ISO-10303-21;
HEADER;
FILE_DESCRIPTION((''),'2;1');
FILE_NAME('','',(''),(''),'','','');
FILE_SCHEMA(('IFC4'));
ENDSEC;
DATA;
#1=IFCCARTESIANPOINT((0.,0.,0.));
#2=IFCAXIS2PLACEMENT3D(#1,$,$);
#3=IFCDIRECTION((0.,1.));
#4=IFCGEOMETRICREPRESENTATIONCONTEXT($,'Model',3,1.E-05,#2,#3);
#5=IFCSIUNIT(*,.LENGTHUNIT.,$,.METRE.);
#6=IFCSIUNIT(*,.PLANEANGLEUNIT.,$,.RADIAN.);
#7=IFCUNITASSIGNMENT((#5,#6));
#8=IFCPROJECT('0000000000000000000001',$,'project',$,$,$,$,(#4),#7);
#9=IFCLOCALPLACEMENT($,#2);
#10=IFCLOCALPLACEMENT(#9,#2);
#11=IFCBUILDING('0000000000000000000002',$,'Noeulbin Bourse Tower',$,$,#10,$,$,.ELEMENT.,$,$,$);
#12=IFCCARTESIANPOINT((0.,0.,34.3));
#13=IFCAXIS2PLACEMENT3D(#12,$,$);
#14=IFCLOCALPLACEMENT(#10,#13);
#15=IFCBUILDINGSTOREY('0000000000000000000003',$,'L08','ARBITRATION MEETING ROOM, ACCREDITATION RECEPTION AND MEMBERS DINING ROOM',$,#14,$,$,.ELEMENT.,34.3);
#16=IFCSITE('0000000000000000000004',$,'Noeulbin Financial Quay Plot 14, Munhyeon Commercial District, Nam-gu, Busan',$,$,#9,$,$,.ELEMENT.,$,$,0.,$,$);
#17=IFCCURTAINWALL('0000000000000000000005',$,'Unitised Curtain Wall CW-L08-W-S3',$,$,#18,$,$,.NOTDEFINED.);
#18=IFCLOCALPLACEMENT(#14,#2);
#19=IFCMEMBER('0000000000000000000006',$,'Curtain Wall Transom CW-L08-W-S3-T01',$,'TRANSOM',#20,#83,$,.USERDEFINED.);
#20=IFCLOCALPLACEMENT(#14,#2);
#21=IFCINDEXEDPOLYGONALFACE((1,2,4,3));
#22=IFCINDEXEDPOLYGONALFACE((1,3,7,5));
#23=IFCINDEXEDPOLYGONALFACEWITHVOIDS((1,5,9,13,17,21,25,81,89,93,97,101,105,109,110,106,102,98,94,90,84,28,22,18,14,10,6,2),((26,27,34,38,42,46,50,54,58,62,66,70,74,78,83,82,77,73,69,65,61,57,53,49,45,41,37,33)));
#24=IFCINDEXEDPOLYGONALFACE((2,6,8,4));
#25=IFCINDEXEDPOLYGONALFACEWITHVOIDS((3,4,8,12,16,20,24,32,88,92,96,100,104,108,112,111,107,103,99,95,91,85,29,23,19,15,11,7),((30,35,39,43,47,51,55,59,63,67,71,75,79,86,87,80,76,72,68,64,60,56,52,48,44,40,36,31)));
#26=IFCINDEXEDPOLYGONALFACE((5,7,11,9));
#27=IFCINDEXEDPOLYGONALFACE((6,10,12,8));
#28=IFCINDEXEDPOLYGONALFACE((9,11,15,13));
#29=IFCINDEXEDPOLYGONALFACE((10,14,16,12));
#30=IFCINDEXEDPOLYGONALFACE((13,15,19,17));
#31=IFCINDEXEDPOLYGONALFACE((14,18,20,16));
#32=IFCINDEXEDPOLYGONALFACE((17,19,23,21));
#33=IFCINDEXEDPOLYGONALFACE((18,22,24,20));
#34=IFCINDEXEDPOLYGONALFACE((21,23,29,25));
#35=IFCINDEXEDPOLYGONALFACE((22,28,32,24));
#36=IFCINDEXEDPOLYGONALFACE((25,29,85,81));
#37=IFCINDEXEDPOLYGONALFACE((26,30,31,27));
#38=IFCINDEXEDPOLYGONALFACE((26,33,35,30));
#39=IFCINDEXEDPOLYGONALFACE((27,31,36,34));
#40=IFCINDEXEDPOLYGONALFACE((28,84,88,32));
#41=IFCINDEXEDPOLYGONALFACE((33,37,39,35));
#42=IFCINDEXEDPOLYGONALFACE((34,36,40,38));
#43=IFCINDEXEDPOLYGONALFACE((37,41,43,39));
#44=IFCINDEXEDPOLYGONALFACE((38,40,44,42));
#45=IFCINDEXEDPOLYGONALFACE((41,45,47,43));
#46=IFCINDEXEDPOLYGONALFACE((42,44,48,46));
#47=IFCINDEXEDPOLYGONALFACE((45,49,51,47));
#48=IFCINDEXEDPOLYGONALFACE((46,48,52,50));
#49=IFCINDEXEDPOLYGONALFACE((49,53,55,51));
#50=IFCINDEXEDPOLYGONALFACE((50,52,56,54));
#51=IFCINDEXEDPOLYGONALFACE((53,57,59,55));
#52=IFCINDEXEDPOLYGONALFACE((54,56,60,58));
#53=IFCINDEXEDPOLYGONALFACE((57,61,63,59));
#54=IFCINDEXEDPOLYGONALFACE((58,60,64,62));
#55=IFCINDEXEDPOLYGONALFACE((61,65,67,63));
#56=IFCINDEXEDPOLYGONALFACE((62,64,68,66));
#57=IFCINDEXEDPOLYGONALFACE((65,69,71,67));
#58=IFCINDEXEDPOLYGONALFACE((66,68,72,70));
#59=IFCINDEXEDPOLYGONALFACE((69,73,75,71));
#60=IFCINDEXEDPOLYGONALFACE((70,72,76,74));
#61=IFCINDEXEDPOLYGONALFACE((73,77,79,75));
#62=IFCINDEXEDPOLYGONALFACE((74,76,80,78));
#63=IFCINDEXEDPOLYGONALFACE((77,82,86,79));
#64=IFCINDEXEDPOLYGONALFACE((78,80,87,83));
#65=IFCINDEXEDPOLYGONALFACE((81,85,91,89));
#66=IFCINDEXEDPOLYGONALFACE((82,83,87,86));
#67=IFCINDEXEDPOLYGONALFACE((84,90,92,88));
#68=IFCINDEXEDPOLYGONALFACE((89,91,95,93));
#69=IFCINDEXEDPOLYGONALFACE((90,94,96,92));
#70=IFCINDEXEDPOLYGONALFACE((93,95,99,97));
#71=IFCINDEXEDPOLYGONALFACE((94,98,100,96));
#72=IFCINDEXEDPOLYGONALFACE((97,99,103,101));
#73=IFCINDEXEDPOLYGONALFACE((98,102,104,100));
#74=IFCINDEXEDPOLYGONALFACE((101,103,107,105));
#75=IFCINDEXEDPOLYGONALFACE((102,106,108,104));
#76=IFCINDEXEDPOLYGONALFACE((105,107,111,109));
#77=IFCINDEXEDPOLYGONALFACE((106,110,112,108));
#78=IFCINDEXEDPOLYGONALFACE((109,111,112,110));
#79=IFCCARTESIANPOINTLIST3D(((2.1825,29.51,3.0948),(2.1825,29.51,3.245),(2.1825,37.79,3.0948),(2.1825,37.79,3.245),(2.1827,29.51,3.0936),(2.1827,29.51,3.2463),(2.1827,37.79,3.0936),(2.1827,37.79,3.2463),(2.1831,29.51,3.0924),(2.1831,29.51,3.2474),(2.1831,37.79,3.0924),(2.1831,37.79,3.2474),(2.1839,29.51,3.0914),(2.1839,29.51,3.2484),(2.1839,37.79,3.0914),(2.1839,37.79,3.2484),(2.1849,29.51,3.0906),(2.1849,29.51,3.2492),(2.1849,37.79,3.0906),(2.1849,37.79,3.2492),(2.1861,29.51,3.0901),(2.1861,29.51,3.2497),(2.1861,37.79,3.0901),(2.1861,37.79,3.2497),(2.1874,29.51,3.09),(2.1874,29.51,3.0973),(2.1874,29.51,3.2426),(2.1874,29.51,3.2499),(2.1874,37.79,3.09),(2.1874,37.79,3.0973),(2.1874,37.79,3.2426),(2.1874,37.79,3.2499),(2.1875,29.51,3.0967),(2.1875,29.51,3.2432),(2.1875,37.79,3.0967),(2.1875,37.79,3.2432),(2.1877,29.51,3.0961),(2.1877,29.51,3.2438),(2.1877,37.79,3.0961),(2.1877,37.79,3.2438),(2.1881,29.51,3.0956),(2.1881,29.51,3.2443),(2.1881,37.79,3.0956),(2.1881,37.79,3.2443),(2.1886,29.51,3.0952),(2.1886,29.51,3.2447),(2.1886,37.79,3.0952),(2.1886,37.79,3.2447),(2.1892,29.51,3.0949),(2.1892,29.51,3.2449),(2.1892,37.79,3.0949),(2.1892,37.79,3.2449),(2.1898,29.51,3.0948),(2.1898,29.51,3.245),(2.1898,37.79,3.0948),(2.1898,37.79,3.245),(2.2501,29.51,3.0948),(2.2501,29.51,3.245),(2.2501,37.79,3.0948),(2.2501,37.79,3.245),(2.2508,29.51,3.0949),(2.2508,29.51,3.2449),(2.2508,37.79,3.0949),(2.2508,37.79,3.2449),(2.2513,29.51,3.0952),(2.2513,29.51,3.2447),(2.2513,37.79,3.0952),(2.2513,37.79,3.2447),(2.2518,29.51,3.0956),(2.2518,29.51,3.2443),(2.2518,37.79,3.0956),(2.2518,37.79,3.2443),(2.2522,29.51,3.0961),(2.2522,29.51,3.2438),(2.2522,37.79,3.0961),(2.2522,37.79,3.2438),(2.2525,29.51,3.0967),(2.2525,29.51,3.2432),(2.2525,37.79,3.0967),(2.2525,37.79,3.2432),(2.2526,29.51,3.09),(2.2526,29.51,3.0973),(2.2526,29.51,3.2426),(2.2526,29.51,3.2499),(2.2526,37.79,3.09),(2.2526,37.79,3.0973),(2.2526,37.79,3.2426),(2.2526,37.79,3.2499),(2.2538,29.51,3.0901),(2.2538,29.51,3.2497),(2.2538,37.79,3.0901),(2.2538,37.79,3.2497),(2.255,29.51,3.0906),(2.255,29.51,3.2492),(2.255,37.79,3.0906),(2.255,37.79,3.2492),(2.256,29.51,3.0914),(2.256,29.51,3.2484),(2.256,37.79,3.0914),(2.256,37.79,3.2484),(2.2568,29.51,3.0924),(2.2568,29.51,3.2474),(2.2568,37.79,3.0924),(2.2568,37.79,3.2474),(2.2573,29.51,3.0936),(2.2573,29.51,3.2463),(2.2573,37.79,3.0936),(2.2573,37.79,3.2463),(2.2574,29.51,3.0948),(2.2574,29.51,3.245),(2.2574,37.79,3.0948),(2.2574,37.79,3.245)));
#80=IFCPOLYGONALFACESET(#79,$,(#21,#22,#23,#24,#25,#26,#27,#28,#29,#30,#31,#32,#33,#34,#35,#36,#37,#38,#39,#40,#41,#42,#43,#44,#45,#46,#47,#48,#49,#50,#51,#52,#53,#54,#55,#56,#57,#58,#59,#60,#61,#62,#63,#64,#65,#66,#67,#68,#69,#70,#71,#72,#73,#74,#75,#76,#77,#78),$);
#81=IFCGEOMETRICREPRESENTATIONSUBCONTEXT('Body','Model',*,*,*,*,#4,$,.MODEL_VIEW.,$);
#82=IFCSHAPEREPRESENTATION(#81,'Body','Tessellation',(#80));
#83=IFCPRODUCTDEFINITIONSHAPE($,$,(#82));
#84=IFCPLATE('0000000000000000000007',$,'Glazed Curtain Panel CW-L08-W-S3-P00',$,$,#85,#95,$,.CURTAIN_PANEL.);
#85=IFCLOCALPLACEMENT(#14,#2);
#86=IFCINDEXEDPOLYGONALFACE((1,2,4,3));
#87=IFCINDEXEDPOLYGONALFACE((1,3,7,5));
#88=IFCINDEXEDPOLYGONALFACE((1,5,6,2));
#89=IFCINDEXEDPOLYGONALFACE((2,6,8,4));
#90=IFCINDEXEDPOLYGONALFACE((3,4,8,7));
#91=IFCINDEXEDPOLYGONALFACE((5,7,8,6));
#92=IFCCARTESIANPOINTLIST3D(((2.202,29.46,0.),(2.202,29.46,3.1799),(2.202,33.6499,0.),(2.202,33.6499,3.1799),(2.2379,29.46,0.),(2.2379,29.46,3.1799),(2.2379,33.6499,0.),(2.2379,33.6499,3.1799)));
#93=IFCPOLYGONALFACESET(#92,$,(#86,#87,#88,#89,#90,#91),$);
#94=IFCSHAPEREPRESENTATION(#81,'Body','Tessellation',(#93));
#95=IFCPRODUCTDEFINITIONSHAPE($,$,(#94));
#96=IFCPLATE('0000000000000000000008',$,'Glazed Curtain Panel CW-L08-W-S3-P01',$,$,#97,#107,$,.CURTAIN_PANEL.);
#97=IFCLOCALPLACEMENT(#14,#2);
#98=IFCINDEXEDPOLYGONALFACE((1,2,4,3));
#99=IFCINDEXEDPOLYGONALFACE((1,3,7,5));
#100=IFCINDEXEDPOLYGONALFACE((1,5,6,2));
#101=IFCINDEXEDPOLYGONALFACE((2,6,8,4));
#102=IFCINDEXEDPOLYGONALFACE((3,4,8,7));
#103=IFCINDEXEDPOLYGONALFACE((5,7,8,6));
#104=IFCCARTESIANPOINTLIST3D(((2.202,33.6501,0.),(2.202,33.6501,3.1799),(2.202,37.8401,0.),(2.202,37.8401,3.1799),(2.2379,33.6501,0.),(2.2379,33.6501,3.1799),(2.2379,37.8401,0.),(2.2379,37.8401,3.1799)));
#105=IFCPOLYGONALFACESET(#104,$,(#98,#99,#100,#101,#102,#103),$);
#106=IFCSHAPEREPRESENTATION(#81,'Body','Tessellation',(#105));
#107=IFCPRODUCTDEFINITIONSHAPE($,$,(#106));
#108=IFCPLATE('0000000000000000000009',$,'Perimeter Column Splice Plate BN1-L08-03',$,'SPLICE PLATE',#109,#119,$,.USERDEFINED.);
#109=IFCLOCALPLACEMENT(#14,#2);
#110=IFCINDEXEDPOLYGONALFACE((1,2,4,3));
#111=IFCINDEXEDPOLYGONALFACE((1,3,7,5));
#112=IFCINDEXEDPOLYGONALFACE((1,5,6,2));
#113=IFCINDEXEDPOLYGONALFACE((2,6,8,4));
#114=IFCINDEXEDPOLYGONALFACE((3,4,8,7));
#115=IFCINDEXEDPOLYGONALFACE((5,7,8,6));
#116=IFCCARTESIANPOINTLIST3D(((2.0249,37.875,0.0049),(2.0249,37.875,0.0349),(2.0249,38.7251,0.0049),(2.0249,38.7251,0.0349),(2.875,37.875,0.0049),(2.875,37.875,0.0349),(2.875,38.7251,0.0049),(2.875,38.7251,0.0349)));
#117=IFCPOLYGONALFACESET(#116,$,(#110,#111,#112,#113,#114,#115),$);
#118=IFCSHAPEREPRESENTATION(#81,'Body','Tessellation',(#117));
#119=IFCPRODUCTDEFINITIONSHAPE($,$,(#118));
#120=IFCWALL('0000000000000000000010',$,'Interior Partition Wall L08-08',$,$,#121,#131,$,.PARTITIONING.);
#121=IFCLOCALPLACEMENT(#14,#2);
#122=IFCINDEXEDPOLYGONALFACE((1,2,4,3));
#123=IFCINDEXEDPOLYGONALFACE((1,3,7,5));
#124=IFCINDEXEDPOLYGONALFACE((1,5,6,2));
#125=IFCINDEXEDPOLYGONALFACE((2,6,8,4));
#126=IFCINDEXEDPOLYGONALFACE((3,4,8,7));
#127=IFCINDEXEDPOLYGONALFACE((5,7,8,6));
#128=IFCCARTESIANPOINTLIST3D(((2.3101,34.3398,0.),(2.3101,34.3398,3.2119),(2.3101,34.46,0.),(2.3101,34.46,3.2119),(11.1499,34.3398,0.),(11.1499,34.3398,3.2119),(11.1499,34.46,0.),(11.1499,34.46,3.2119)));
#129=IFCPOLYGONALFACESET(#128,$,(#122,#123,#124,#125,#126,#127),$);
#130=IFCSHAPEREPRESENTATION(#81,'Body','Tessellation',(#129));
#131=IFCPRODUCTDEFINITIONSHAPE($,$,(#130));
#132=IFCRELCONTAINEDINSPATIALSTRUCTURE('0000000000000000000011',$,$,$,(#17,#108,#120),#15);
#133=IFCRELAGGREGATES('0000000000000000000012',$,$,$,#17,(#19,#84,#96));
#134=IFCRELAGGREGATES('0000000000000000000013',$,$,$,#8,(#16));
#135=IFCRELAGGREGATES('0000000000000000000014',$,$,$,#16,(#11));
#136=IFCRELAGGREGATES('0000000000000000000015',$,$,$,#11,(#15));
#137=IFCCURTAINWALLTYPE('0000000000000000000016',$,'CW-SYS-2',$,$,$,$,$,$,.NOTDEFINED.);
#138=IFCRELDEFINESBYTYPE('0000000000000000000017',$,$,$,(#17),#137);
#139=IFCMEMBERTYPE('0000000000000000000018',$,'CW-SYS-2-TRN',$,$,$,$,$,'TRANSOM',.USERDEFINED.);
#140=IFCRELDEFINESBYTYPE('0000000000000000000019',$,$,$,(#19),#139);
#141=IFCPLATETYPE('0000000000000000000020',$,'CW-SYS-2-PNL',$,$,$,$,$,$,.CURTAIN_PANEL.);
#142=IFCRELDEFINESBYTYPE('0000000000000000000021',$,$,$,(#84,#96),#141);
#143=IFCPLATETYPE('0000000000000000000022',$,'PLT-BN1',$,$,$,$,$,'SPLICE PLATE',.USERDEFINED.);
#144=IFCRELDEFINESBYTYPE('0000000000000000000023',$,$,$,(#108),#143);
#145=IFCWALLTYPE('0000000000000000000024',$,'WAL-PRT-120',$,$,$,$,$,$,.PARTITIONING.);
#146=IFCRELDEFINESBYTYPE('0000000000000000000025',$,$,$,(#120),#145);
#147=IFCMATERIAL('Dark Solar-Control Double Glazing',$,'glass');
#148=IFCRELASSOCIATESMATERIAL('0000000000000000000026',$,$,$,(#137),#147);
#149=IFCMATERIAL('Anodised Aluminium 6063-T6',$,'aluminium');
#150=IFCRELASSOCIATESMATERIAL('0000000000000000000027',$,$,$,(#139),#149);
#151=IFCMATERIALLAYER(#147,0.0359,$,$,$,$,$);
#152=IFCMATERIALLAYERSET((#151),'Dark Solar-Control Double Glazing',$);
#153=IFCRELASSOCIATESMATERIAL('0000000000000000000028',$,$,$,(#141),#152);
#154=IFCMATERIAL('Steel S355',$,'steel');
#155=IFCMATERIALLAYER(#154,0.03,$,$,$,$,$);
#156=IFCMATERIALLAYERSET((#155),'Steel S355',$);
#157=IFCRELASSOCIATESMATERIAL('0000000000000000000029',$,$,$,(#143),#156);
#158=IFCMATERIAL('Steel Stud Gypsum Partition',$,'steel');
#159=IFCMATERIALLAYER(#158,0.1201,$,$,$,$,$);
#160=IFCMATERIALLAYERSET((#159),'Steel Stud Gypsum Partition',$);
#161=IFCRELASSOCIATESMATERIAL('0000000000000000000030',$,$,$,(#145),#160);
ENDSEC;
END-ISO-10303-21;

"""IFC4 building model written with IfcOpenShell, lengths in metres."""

from ifc_helpers import new_model, si_unit, direction, frame, frame_2d, origin, origin_2d, place, context, subcontext, project, spatial, rectangle, hollow_rectangle, extrude, material, layer, layer_set, material_profile, profile_set, type_object, element, aggregate, save


model = new_model("IFC4")

# Units and contexts
model_context = context("Model", 3, precision=1e-05, world=origin(), true_north=direction((0.0, 1.0)))
body_context = subcontext(model_context, "Body", "Model", "MODEL_VIEW")
ifc_project = project(units=[si_unit("LENGTHUNIT", "METRE"), si_unit("PLANEANGLEUNIT", "RADIAN")], contexts=[model_context])

# Site, building, storey
site_placement = place(None, origin())
site = spatial("IfcSite", under=ifc_project, at=site_placement, Name="Noeulbin Financial Quay Plot 14, Munhyeon Commercial District, Nam-gu, Busan", CompositionType="ELEMENT", RefElevation=0.0)
building_placement = place(site_placement, origin())
building = spatial("IfcBuilding", under=site, at=building_placement, Name="Noeulbin Bourse Tower", CompositionType="ELEMENT")
storey_placement = place(building_placement, frame((0.0, 0.0, 34.3)))
storey = spatial("IfcBuildingStorey", under=building, at=storey_placement, Name="L08", Description="ARBITRATION MEETING ROOM, ACCREDITATION RECEPTION AND MEMBERS DINING ROOM", CompositionType="ELEMENT", Elevation=34.3)

# Shared definitions
ifc_material_1 = material(Name="Steel S355", Category="steel")

# Curtain wall, member, plates
ifc_material_2 = material(Name="Dark Solar-Control Double Glazing", Category="glass")
curtain_wall_type = type_object("IfcCurtainWallType", Name="CW-SYS-2", PredefinedType="NOTDEFINED", material=ifc_material_2)
curtain_wall_placement = place(storey_placement, origin())
curtain_wall = element("IfcCurtainWall", 1, at=curtain_wall_placement, inside=storey, type_object=curtain_wall_type, Name="Unitised Curtain Wall CW-L08-W-S3", PredefinedType="NOTDEFINED")
ifc_material_3 = material(Name="Anodised Aluminium 6063-T6", Category="aluminium")
ifc_material_profile_1 = material_profile(ifc_material_3, hollow_rectangle(XDim=0.075, YDim=0.1599, WallThickness=0.0049, InnerFilletRadius=0.0024, OuterFilletRadius=0.0049, at=origin_2d()), Name="ALU-TRAN-75x160x5", Category="LoadBearing")
ifc_profile_set_1 = profile_set([ifc_material_profile_1], Name="Anodised Aluminium 6063-T6")
member_type_1 = type_object("IfcMemberType", Name="CW-SYS-2-TRN", ElementType="TRANSOM", PredefinedType="USERDEFINED", material=ifc_profile_set_1)
member_1_placement = place(storey_placement, frame((2.22, 29.51, 3.1699), z_axis=(0.0, 1.0, 0.0), x_axis=(-1.0, 0.0, 0.0)))
member_1 = element("IfcMember", 2, at=member_1_placement, type_object=member_type_1, Name="Curtain Wall Transom CW-L08-W-S3-T01", ObjectType="TRANSOM", PredefinedType="USERDEFINED", context=body_context, shape_type="SweptSolid", body=[
    extrude(hollow_rectangle(XDim=0.075, YDim=0.1599, WallThickness=0.0049, InnerFilletRadius=0.0024, OuterFilletRadius=0.0049, at=origin_2d()), origin(), (0.0, 0.0, 1.0), 8.28),
])
ifc_layer_1 = layer(ifc_material_2, 0.0359)
ifc_layer_set_1 = layer_set([ifc_layer_1], Name="Dark Solar-Control Double Glazing")
plate_type_1 = type_object("IfcPlateType", Name="CW-SYS-2-PNL", PredefinedType="CURTAIN_PANEL", material=ifc_layer_set_1)
plate_1_placement = place(storey_placement, frame((2.22, 31.5549, 0.0), z_axis=(0.0, 0.0, 1.0), x_axis=(0.0, 1.0, 0.0)))
plate_1 = element("IfcPlate", 3, at=plate_1_placement, type_object=plate_type_1, Name="Glazed Curtain Panel CW-L08-W-S3-P00", PredefinedType="CURTAIN_PANEL", context=body_context, shape_type="SweptSolid", body=[
    extrude(rectangle(XDim=4.1899, YDim=0.0359, at=origin_2d()), origin(), (0.0, 0.0, 1.0), 3.1799),
])
plate_2_placement = place(storey_placement, frame((2.22, 35.7451, 0.0), z_axis=(0.0, 0.0, 1.0), x_axis=(0.0, 1.0, 0.0)))
plate_2 = element("IfcPlate", 4, at=plate_2_placement, type_object=plate_type_1, Name="Glazed Curtain Panel CW-L08-W-S3-P01", PredefinedType="CURTAIN_PANEL", context=body_context, shape_type="SweptSolid", body=[
    extrude(rectangle(XDim=4.1899, YDim=0.0359, at=origin_2d()), origin(), (0.0, 0.0, 1.0), 3.1799),
])
aggregate(curtain_wall, [member_1, plate_1, plate_2])

# Plate
ifc_layer_2 = layer(ifc_material_1, 0.03)
ifc_layer_set_2 = layer_set([ifc_layer_2], Name="Steel S355")
plate_type_2 = type_object("IfcPlateType", Name="PLT-BN1", ElementType="SPLICE PLATE", PredefinedType="USERDEFINED", material=ifc_layer_set_2)
plate_3_placement = place(storey_placement, frame((2.45, 38.3, 0.0049), z_axis=(0.0, 0.0, 1.0), x_axis=(1.0, 0.0, 0.0)))
element("IfcPlate", 5, at=plate_3_placement, inside=storey, type_object=plate_type_2, Name="Perimeter Column Splice Plate BN1-L08-03", ObjectType="SPLICE PLATE", PredefinedType="USERDEFINED", context=body_context, shape_type="SweptSolid", body=[
    extrude(rectangle(XDim=0.8501, YDim=0.8501, at=origin_2d()), origin(), (0.0, 0.0, 1.0), 0.03),
])

# Wall
ifc_material_4 = material(Name="Steel Stud Gypsum Partition", Category="steel")
ifc_layer_3 = layer(ifc_material_4, 0.1201)
ifc_layer_set_3 = layer_set([ifc_layer_3], Name="Steel Stud Gypsum Partition")
wall_type = type_object("IfcWallType", Name="WAL-PRT-120", PredefinedType="PARTITIONING", material=ifc_layer_set_3)
wall_placement = place(storey_placement, frame((2.3101, 34.3999, 0.0), z_axis=(0.0, 0.0, 1.0), x_axis=(1.0, 0.0, 0.0)))
element("IfcWall", 6, at=wall_placement, inside=storey, type_object=wall_type, Name="Interior Partition Wall L08-08", PredefinedType="PARTITIONING", context=body_context, shape_type="SweptSolid", body=[
    extrude(rectangle(XDim=8.8398, YDim=0.1201, at=frame_2d((4.4199, 0.0))), origin(), (0.0, 0.0, 1.0), 3.2119),
])

save(model, "model.ifc")
